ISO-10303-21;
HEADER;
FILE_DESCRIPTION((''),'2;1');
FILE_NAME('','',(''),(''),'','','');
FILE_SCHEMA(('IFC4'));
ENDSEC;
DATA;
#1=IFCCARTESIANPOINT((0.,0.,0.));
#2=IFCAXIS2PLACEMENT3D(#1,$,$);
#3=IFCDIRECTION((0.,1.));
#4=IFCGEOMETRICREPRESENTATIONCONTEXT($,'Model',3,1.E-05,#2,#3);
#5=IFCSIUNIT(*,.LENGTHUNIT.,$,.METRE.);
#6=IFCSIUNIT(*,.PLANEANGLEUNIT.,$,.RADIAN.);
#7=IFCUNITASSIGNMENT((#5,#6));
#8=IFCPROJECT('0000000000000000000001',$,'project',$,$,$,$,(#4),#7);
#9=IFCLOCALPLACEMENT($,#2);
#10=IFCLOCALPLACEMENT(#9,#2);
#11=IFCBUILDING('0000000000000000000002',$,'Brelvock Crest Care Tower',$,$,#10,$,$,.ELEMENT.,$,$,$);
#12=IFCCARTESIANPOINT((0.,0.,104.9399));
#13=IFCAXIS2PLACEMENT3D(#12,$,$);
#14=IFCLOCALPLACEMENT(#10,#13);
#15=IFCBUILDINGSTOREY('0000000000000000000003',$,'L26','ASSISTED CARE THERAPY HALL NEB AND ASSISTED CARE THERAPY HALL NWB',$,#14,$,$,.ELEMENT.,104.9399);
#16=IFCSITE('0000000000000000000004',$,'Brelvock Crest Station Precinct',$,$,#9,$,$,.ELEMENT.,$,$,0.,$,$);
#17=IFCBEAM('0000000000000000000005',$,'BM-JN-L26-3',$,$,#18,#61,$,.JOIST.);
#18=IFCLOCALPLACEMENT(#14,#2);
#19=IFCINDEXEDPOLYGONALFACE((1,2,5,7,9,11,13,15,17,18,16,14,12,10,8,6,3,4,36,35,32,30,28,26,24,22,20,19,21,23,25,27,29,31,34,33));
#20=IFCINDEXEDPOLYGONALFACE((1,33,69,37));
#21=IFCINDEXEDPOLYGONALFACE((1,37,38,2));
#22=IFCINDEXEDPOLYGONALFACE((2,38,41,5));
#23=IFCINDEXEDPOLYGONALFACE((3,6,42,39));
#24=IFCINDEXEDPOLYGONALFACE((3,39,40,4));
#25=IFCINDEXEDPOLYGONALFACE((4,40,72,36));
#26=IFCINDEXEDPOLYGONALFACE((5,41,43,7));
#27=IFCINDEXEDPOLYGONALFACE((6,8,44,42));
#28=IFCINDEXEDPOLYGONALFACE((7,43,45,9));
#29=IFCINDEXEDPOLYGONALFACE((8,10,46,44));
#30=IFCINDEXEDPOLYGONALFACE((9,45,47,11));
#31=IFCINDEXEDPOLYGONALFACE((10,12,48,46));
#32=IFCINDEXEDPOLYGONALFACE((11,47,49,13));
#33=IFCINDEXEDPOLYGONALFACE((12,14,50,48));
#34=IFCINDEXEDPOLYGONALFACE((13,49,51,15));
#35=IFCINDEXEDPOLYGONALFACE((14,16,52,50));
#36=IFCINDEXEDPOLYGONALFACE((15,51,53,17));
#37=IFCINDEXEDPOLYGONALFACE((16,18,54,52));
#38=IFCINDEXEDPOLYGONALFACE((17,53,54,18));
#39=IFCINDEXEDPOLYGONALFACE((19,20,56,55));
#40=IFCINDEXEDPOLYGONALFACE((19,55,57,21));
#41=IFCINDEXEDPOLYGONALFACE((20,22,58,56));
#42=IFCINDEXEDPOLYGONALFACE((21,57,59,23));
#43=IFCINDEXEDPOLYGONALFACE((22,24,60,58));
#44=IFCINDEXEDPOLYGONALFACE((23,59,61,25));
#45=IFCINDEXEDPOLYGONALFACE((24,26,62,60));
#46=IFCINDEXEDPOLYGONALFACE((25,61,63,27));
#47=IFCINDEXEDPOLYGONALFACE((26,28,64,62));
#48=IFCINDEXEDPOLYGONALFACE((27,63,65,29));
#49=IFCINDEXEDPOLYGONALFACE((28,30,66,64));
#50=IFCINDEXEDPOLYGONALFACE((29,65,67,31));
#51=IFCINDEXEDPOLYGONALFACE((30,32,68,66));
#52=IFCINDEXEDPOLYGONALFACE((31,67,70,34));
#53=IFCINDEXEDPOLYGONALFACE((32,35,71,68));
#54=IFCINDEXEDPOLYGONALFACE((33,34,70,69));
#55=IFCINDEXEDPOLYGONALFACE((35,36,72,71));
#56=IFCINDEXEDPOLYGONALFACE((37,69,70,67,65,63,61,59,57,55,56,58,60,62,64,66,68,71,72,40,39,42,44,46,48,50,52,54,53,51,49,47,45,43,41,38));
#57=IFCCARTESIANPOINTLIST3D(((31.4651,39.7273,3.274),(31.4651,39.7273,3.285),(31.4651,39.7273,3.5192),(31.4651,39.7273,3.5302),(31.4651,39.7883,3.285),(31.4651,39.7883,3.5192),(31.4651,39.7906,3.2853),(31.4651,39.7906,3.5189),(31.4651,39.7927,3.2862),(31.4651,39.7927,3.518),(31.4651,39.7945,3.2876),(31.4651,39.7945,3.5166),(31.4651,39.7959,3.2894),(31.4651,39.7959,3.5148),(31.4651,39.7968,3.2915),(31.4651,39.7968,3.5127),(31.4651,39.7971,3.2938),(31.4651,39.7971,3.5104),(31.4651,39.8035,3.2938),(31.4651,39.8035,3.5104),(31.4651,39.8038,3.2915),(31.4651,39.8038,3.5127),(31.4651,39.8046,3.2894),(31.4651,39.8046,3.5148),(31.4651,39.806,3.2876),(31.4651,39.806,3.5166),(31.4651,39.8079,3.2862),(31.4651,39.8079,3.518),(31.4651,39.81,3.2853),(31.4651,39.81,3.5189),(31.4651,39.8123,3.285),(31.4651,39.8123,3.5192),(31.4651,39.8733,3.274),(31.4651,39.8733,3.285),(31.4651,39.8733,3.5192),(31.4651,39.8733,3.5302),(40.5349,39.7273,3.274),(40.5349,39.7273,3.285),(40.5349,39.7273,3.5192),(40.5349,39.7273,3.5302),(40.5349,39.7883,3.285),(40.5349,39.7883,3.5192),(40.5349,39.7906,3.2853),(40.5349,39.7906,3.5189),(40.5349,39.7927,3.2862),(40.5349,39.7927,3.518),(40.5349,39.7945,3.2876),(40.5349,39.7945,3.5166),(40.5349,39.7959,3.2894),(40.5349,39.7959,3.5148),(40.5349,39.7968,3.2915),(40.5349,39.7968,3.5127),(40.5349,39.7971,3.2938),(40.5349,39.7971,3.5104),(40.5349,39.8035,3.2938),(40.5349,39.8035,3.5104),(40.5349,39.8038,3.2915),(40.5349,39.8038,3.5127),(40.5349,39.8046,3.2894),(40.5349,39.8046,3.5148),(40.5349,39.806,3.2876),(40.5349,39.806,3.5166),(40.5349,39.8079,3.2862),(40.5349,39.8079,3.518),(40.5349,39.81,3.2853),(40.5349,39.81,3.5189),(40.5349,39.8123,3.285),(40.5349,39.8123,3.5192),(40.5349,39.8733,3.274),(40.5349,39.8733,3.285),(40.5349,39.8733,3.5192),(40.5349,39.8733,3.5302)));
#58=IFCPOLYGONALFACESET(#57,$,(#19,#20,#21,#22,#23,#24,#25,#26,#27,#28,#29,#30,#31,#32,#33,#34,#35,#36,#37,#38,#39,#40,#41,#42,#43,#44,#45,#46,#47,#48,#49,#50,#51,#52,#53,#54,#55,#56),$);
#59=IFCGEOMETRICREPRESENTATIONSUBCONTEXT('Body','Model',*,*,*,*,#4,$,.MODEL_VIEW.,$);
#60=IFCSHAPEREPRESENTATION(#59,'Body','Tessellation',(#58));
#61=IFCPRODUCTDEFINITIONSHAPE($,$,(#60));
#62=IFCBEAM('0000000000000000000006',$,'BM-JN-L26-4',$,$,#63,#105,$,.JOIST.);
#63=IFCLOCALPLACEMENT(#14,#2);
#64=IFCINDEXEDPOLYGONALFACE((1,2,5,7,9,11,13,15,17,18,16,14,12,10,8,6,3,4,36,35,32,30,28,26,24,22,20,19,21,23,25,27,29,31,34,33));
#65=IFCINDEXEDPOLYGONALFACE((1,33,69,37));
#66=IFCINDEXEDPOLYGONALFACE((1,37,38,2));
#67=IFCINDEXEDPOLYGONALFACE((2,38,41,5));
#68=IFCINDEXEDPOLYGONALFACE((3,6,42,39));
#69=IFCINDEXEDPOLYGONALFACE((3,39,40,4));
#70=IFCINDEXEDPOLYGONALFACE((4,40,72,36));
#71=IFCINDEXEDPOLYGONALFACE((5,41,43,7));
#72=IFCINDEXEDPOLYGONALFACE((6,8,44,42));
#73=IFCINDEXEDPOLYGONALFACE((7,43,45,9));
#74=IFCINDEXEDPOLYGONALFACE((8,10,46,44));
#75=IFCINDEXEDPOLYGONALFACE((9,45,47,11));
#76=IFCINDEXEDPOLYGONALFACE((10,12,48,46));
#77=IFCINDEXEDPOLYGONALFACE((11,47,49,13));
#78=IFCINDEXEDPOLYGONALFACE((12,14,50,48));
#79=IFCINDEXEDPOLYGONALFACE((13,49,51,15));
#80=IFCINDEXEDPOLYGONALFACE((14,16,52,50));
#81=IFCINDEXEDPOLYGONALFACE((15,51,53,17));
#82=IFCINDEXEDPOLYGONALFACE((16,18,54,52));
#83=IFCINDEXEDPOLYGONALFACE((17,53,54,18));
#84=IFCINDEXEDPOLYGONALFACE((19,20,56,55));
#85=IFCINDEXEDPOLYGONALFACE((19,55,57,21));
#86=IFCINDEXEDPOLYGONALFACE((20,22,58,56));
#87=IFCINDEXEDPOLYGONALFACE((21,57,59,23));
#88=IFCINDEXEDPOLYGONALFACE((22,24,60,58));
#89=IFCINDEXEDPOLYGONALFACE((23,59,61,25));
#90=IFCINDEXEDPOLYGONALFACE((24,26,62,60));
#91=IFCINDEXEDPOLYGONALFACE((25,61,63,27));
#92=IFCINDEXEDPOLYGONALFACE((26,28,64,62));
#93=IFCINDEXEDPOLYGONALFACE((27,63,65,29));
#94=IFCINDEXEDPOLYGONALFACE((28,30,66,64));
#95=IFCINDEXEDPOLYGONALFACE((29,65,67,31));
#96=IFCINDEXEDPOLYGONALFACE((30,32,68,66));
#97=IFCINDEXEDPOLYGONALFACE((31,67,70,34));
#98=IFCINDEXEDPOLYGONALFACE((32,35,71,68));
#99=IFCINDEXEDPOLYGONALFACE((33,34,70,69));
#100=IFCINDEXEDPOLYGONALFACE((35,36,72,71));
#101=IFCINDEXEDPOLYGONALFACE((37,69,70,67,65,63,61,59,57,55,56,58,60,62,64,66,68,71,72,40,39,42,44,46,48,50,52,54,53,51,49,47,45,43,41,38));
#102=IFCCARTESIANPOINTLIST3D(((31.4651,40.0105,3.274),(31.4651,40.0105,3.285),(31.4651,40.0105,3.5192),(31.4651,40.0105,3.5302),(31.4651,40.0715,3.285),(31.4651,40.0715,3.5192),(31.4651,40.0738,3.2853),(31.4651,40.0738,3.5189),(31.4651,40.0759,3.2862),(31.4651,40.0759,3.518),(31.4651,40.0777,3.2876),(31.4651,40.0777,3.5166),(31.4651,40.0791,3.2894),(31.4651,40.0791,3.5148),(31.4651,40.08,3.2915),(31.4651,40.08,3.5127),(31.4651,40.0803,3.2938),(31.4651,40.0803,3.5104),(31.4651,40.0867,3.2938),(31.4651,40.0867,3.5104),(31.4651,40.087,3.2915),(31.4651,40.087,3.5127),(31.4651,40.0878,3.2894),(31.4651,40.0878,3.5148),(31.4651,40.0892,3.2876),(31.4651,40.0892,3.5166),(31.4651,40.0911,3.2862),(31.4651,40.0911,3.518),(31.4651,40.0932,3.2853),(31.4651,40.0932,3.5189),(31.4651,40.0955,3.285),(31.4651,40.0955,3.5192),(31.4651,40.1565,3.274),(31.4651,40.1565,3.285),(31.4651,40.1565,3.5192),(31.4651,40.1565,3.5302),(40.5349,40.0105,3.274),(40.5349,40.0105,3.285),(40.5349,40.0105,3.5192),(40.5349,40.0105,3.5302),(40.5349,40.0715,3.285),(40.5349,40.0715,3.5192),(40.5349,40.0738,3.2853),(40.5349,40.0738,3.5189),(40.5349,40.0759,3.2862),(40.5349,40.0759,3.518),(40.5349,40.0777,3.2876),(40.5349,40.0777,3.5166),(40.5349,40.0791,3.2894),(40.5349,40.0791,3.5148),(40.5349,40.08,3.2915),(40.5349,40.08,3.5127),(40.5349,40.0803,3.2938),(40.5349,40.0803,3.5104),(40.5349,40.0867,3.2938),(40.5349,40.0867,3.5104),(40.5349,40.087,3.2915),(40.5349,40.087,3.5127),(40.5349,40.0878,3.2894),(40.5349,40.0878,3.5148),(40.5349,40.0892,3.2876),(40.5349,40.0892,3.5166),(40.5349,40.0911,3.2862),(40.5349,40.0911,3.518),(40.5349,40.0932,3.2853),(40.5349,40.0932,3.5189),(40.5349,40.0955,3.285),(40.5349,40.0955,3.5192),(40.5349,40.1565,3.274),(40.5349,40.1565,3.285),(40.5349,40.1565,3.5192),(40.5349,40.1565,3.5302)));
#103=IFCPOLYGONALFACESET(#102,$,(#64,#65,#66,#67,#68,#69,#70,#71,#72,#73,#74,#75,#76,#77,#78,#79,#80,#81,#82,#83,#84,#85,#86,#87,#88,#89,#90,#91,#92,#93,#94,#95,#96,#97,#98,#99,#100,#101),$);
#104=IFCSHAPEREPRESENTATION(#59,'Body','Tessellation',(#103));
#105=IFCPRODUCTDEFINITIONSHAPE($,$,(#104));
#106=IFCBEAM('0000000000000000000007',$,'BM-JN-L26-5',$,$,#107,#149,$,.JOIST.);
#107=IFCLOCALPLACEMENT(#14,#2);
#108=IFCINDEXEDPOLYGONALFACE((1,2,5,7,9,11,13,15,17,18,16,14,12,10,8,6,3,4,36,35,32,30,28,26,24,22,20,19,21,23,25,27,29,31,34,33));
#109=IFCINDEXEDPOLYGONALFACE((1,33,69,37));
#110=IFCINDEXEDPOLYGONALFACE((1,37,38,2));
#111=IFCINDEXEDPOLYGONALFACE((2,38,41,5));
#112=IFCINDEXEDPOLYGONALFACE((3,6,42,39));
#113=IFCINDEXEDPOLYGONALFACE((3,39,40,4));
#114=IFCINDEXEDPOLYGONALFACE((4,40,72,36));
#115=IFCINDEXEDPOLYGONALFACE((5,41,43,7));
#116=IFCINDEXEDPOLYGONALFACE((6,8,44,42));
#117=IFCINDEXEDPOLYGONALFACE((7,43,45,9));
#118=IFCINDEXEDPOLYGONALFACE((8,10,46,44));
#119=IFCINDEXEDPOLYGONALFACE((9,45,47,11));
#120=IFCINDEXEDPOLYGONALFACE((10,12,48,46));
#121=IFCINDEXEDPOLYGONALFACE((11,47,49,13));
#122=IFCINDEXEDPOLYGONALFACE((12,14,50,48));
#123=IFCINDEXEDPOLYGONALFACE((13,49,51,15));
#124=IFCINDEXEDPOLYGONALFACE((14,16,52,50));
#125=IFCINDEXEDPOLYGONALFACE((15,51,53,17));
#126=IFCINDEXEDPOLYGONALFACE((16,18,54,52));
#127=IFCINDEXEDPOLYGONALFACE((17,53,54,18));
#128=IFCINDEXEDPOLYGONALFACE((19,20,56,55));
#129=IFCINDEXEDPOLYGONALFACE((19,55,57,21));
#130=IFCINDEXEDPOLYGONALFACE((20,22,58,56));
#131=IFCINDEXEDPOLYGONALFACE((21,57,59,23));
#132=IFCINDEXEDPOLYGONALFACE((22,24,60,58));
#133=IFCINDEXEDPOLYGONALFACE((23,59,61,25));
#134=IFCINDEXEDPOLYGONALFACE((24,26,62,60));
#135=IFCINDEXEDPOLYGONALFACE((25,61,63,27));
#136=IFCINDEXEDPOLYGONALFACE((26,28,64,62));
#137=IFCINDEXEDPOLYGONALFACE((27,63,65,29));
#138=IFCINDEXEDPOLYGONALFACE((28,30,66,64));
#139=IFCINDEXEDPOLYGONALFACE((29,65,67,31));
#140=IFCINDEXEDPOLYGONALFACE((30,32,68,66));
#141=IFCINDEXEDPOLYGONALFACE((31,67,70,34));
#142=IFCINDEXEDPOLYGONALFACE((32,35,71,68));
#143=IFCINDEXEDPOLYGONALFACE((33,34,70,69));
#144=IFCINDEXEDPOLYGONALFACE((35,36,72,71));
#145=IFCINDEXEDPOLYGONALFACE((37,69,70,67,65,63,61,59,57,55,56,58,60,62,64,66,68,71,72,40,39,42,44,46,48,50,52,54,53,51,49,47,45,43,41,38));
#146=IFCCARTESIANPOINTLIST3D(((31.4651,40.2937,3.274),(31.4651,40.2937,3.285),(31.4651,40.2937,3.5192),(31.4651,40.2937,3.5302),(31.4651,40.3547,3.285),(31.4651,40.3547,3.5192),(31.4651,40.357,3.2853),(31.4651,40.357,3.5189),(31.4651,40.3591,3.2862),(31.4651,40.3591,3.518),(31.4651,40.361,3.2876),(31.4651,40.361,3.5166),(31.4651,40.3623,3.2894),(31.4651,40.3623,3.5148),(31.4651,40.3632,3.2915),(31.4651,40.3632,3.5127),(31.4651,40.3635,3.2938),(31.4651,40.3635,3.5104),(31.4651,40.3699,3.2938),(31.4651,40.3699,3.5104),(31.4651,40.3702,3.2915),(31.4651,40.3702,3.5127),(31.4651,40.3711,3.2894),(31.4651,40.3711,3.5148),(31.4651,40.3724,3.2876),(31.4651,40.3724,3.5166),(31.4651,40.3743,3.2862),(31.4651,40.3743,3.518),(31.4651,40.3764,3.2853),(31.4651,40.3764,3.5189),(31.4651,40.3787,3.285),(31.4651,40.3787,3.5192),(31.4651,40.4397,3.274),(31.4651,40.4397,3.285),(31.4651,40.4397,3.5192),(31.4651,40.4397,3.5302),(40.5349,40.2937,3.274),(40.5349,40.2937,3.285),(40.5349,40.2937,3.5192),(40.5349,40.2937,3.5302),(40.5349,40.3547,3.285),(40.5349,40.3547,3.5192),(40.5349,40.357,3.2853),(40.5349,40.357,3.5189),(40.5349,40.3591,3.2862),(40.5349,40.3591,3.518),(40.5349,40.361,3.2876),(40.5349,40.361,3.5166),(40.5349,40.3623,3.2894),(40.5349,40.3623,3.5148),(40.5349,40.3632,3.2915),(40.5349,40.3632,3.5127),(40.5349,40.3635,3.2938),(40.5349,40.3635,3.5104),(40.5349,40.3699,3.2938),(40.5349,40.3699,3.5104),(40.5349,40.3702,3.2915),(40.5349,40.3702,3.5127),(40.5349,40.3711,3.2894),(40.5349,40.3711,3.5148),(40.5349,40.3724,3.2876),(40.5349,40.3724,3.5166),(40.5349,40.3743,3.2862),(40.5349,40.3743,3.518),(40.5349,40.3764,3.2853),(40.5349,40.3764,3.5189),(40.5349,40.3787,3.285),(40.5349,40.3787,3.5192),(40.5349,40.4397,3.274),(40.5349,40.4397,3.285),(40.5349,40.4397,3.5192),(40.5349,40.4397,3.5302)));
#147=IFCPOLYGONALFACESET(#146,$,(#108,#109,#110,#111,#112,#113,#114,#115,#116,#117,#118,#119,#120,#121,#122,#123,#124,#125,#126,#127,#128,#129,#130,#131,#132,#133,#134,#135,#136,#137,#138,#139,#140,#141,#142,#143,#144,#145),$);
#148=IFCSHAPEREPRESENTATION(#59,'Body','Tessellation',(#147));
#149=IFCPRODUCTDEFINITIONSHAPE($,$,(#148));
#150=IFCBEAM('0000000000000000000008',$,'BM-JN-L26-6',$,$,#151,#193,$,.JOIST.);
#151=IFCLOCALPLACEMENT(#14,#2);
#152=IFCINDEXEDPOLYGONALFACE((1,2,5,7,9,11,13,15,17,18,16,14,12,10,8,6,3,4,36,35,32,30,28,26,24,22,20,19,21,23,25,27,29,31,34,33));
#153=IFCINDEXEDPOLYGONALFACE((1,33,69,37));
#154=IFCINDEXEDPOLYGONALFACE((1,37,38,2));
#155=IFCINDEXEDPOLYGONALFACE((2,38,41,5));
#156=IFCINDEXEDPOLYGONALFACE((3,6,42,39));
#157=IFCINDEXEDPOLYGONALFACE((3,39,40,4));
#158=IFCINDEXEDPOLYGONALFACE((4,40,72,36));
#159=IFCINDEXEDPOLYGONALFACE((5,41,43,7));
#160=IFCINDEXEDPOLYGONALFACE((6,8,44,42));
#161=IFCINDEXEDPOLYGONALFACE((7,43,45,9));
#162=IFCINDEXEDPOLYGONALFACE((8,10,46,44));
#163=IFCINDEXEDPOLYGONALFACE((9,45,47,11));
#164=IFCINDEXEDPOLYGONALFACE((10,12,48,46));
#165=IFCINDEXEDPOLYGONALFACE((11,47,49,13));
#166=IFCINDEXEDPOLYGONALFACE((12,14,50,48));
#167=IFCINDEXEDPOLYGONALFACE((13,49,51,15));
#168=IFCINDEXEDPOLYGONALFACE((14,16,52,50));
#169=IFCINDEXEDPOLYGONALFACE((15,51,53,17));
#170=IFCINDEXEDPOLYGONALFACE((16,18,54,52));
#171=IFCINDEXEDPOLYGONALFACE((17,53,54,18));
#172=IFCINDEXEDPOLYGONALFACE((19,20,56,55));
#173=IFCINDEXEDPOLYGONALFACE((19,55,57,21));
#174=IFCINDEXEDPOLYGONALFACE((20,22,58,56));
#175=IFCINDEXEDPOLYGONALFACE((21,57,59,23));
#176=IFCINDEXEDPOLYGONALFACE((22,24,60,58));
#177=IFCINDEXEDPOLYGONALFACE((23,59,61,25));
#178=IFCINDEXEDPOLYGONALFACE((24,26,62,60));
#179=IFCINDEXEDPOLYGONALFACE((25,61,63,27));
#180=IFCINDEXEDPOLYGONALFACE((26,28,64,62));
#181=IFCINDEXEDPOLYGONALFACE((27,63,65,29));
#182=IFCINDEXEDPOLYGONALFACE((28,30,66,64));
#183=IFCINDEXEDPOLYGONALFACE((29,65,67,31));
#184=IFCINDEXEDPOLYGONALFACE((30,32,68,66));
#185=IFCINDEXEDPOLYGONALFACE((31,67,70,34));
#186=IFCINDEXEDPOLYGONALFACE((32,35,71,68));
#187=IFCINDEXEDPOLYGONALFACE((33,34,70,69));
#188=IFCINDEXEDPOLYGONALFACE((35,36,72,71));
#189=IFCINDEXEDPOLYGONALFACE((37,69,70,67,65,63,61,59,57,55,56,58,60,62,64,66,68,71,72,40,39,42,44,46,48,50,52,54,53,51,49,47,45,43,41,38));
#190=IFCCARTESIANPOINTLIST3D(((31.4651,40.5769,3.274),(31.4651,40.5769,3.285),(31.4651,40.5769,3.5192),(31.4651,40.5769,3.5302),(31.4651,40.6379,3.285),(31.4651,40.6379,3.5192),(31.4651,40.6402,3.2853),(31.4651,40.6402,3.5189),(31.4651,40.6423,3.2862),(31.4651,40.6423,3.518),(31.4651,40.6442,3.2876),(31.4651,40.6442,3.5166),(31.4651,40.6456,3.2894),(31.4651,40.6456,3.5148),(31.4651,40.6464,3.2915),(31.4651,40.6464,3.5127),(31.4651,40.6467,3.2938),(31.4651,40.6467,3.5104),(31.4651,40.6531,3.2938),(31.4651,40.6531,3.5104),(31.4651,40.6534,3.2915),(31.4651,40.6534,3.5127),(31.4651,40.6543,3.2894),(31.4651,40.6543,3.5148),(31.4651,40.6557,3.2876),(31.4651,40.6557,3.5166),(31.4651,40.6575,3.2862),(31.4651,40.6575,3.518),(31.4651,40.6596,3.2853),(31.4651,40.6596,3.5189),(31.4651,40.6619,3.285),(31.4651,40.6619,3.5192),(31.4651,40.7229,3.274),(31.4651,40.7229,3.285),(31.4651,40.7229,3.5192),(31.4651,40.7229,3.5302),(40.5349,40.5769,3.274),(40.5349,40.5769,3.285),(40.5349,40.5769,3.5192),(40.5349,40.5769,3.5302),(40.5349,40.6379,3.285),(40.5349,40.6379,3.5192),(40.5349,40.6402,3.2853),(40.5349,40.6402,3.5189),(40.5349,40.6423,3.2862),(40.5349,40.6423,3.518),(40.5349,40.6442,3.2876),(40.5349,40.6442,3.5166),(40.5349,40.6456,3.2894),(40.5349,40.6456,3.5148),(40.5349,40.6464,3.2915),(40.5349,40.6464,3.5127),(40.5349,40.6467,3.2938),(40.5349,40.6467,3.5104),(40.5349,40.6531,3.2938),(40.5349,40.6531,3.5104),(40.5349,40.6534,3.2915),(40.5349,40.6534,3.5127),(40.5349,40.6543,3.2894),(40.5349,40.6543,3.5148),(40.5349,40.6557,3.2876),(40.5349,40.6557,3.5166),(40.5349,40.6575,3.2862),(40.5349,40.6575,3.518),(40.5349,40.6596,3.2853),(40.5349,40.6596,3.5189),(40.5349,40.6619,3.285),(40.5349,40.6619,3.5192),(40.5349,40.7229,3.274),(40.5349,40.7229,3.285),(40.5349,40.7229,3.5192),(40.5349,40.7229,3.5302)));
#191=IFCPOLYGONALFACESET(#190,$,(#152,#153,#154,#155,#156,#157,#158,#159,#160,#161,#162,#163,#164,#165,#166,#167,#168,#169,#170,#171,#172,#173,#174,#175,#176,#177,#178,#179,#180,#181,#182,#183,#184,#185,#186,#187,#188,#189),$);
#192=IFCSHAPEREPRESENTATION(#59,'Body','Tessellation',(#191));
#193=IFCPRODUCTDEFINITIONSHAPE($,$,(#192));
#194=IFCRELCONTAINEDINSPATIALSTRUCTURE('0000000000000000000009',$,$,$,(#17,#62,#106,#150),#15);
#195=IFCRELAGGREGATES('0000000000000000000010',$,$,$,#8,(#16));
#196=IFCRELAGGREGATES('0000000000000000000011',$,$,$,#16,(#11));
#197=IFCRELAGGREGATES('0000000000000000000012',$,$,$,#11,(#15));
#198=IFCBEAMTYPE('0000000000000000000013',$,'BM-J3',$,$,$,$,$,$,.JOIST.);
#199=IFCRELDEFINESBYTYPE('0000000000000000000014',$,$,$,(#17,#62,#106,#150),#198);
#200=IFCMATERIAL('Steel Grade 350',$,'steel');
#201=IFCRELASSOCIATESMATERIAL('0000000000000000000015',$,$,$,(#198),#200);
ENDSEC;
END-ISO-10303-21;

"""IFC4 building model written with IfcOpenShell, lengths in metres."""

from ifc_helpers import new_model, si_unit, direction, frame, origin, origin_2d, place, context, subcontext, project, spatial, i_section, extrude, source, transform, mapped, material, material_profile, profile_set, type_object, element, save


model = new_model("IFC4")

# Units and contexts
model_context = context("Model", 3, precision=1e-05, world=origin(), true_north=direction((0.0, 1.0)))
body_context = subcontext(model_context, "Body", "Model", "MODEL_VIEW")
ifc_project = project(units=[si_unit("LENGTHUNIT", "METRE"), si_unit("PLANEANGLEUNIT", "RADIAN")], contexts=[model_context])

# Site, building, storey
site_placement = place(None, origin())
site = spatial("IfcSite", under=ifc_project, at=site_placement, Name="Brelvock Crest Station Precinct", CompositionType="ELEMENT", RefElevation=0.0)
building_placement = place(site_placement, origin())
building = spatial("IfcBuilding", under=site, at=building_placement, Name="Brelvock Crest Care Tower", CompositionType="ELEMENT")
storey_placement = place(building_placement, frame((0.0, 0.0, 104.9399)))
storey = spatial("IfcBuildingStorey", under=building, at=storey_placement, Name="L26", Description="ASSISTED CARE THERAPY HALL NEB AND ASSISTED CARE THERAPY HALL NWB", CompositionType="ELEMENT", Elevation=104.9399)

# Beams
ifc_material_1 = material(Name="Steel Grade 350", Category="steel")
ifc_material_profile_1 = material_profile(ifc_material_1, i_section(OverallWidth=0.146, OverallDepth=0.2561, WebThickness=0.0063, FlangeThickness=0.011, FilletRadius=0.0088, at=origin_2d()), Name="250UB37.3")
ifc_profile_set_1 = profile_set([ifc_material_profile_1], Name="Steel Grade 350")
beam_type_1 = type_object("IfcBeamType", Name="BM-J3", PredefinedType="JOIST", material=ifc_profile_set_1)
shared_shape_1 = source(origin(), body_context, "Body", "SweptSolid", [
    extrude(i_section(OverallWidth=0.146, OverallDepth=0.2561, WebThickness=0.0063, FlangeThickness=0.011, FilletRadius=0.0088, at=origin_2d()), origin(), (0.0, 0.0, 1.0), 9.0698),
])
for number, where, z_axis, x_axis, name in (
    (1, (31.4651, 39.8003, 3.4021), (1.0, 0.0, 0.0), (0.0, 1.0, 0.0), "BM-JN-L26-3"),
    (2, (31.4651, 40.0835, 3.4021), (1.0, 0.0, 0.0), (0.0, 1.0, 0.0), "BM-JN-L26-4"),
    (3, (31.4651, 40.3667, 3.4021), (1.0, 0.0, 0.0), (0.0, 1.0, 0.0), "BM-JN-L26-5"),
    (4, (31.4651, 40.6499, 3.4021), (1.0, 0.0, 0.0), (0.0, 1.0, 0.0), "BM-JN-L26-6"),
):
    element("IfcBeam", number, at=place(storey_placement, frame(where, z_axis=z_axis, x_axis=x_axis)), inside=storey, type_object=beam_type_1, Name=name, PredefinedType="JOIST", context=body_context, shape_type="MappedRepresentation", body=[
        mapped(shared_shape_1, transform((0.0, 0.0, 0.0), x_axis=(1.0, 0.0, 0.0), y_axis=(0.0, 1.0, 0.0), z_axis=(0.0, 0.0, 1.0), scale=1.0)),
    ])

save(model, "model.ifc")
